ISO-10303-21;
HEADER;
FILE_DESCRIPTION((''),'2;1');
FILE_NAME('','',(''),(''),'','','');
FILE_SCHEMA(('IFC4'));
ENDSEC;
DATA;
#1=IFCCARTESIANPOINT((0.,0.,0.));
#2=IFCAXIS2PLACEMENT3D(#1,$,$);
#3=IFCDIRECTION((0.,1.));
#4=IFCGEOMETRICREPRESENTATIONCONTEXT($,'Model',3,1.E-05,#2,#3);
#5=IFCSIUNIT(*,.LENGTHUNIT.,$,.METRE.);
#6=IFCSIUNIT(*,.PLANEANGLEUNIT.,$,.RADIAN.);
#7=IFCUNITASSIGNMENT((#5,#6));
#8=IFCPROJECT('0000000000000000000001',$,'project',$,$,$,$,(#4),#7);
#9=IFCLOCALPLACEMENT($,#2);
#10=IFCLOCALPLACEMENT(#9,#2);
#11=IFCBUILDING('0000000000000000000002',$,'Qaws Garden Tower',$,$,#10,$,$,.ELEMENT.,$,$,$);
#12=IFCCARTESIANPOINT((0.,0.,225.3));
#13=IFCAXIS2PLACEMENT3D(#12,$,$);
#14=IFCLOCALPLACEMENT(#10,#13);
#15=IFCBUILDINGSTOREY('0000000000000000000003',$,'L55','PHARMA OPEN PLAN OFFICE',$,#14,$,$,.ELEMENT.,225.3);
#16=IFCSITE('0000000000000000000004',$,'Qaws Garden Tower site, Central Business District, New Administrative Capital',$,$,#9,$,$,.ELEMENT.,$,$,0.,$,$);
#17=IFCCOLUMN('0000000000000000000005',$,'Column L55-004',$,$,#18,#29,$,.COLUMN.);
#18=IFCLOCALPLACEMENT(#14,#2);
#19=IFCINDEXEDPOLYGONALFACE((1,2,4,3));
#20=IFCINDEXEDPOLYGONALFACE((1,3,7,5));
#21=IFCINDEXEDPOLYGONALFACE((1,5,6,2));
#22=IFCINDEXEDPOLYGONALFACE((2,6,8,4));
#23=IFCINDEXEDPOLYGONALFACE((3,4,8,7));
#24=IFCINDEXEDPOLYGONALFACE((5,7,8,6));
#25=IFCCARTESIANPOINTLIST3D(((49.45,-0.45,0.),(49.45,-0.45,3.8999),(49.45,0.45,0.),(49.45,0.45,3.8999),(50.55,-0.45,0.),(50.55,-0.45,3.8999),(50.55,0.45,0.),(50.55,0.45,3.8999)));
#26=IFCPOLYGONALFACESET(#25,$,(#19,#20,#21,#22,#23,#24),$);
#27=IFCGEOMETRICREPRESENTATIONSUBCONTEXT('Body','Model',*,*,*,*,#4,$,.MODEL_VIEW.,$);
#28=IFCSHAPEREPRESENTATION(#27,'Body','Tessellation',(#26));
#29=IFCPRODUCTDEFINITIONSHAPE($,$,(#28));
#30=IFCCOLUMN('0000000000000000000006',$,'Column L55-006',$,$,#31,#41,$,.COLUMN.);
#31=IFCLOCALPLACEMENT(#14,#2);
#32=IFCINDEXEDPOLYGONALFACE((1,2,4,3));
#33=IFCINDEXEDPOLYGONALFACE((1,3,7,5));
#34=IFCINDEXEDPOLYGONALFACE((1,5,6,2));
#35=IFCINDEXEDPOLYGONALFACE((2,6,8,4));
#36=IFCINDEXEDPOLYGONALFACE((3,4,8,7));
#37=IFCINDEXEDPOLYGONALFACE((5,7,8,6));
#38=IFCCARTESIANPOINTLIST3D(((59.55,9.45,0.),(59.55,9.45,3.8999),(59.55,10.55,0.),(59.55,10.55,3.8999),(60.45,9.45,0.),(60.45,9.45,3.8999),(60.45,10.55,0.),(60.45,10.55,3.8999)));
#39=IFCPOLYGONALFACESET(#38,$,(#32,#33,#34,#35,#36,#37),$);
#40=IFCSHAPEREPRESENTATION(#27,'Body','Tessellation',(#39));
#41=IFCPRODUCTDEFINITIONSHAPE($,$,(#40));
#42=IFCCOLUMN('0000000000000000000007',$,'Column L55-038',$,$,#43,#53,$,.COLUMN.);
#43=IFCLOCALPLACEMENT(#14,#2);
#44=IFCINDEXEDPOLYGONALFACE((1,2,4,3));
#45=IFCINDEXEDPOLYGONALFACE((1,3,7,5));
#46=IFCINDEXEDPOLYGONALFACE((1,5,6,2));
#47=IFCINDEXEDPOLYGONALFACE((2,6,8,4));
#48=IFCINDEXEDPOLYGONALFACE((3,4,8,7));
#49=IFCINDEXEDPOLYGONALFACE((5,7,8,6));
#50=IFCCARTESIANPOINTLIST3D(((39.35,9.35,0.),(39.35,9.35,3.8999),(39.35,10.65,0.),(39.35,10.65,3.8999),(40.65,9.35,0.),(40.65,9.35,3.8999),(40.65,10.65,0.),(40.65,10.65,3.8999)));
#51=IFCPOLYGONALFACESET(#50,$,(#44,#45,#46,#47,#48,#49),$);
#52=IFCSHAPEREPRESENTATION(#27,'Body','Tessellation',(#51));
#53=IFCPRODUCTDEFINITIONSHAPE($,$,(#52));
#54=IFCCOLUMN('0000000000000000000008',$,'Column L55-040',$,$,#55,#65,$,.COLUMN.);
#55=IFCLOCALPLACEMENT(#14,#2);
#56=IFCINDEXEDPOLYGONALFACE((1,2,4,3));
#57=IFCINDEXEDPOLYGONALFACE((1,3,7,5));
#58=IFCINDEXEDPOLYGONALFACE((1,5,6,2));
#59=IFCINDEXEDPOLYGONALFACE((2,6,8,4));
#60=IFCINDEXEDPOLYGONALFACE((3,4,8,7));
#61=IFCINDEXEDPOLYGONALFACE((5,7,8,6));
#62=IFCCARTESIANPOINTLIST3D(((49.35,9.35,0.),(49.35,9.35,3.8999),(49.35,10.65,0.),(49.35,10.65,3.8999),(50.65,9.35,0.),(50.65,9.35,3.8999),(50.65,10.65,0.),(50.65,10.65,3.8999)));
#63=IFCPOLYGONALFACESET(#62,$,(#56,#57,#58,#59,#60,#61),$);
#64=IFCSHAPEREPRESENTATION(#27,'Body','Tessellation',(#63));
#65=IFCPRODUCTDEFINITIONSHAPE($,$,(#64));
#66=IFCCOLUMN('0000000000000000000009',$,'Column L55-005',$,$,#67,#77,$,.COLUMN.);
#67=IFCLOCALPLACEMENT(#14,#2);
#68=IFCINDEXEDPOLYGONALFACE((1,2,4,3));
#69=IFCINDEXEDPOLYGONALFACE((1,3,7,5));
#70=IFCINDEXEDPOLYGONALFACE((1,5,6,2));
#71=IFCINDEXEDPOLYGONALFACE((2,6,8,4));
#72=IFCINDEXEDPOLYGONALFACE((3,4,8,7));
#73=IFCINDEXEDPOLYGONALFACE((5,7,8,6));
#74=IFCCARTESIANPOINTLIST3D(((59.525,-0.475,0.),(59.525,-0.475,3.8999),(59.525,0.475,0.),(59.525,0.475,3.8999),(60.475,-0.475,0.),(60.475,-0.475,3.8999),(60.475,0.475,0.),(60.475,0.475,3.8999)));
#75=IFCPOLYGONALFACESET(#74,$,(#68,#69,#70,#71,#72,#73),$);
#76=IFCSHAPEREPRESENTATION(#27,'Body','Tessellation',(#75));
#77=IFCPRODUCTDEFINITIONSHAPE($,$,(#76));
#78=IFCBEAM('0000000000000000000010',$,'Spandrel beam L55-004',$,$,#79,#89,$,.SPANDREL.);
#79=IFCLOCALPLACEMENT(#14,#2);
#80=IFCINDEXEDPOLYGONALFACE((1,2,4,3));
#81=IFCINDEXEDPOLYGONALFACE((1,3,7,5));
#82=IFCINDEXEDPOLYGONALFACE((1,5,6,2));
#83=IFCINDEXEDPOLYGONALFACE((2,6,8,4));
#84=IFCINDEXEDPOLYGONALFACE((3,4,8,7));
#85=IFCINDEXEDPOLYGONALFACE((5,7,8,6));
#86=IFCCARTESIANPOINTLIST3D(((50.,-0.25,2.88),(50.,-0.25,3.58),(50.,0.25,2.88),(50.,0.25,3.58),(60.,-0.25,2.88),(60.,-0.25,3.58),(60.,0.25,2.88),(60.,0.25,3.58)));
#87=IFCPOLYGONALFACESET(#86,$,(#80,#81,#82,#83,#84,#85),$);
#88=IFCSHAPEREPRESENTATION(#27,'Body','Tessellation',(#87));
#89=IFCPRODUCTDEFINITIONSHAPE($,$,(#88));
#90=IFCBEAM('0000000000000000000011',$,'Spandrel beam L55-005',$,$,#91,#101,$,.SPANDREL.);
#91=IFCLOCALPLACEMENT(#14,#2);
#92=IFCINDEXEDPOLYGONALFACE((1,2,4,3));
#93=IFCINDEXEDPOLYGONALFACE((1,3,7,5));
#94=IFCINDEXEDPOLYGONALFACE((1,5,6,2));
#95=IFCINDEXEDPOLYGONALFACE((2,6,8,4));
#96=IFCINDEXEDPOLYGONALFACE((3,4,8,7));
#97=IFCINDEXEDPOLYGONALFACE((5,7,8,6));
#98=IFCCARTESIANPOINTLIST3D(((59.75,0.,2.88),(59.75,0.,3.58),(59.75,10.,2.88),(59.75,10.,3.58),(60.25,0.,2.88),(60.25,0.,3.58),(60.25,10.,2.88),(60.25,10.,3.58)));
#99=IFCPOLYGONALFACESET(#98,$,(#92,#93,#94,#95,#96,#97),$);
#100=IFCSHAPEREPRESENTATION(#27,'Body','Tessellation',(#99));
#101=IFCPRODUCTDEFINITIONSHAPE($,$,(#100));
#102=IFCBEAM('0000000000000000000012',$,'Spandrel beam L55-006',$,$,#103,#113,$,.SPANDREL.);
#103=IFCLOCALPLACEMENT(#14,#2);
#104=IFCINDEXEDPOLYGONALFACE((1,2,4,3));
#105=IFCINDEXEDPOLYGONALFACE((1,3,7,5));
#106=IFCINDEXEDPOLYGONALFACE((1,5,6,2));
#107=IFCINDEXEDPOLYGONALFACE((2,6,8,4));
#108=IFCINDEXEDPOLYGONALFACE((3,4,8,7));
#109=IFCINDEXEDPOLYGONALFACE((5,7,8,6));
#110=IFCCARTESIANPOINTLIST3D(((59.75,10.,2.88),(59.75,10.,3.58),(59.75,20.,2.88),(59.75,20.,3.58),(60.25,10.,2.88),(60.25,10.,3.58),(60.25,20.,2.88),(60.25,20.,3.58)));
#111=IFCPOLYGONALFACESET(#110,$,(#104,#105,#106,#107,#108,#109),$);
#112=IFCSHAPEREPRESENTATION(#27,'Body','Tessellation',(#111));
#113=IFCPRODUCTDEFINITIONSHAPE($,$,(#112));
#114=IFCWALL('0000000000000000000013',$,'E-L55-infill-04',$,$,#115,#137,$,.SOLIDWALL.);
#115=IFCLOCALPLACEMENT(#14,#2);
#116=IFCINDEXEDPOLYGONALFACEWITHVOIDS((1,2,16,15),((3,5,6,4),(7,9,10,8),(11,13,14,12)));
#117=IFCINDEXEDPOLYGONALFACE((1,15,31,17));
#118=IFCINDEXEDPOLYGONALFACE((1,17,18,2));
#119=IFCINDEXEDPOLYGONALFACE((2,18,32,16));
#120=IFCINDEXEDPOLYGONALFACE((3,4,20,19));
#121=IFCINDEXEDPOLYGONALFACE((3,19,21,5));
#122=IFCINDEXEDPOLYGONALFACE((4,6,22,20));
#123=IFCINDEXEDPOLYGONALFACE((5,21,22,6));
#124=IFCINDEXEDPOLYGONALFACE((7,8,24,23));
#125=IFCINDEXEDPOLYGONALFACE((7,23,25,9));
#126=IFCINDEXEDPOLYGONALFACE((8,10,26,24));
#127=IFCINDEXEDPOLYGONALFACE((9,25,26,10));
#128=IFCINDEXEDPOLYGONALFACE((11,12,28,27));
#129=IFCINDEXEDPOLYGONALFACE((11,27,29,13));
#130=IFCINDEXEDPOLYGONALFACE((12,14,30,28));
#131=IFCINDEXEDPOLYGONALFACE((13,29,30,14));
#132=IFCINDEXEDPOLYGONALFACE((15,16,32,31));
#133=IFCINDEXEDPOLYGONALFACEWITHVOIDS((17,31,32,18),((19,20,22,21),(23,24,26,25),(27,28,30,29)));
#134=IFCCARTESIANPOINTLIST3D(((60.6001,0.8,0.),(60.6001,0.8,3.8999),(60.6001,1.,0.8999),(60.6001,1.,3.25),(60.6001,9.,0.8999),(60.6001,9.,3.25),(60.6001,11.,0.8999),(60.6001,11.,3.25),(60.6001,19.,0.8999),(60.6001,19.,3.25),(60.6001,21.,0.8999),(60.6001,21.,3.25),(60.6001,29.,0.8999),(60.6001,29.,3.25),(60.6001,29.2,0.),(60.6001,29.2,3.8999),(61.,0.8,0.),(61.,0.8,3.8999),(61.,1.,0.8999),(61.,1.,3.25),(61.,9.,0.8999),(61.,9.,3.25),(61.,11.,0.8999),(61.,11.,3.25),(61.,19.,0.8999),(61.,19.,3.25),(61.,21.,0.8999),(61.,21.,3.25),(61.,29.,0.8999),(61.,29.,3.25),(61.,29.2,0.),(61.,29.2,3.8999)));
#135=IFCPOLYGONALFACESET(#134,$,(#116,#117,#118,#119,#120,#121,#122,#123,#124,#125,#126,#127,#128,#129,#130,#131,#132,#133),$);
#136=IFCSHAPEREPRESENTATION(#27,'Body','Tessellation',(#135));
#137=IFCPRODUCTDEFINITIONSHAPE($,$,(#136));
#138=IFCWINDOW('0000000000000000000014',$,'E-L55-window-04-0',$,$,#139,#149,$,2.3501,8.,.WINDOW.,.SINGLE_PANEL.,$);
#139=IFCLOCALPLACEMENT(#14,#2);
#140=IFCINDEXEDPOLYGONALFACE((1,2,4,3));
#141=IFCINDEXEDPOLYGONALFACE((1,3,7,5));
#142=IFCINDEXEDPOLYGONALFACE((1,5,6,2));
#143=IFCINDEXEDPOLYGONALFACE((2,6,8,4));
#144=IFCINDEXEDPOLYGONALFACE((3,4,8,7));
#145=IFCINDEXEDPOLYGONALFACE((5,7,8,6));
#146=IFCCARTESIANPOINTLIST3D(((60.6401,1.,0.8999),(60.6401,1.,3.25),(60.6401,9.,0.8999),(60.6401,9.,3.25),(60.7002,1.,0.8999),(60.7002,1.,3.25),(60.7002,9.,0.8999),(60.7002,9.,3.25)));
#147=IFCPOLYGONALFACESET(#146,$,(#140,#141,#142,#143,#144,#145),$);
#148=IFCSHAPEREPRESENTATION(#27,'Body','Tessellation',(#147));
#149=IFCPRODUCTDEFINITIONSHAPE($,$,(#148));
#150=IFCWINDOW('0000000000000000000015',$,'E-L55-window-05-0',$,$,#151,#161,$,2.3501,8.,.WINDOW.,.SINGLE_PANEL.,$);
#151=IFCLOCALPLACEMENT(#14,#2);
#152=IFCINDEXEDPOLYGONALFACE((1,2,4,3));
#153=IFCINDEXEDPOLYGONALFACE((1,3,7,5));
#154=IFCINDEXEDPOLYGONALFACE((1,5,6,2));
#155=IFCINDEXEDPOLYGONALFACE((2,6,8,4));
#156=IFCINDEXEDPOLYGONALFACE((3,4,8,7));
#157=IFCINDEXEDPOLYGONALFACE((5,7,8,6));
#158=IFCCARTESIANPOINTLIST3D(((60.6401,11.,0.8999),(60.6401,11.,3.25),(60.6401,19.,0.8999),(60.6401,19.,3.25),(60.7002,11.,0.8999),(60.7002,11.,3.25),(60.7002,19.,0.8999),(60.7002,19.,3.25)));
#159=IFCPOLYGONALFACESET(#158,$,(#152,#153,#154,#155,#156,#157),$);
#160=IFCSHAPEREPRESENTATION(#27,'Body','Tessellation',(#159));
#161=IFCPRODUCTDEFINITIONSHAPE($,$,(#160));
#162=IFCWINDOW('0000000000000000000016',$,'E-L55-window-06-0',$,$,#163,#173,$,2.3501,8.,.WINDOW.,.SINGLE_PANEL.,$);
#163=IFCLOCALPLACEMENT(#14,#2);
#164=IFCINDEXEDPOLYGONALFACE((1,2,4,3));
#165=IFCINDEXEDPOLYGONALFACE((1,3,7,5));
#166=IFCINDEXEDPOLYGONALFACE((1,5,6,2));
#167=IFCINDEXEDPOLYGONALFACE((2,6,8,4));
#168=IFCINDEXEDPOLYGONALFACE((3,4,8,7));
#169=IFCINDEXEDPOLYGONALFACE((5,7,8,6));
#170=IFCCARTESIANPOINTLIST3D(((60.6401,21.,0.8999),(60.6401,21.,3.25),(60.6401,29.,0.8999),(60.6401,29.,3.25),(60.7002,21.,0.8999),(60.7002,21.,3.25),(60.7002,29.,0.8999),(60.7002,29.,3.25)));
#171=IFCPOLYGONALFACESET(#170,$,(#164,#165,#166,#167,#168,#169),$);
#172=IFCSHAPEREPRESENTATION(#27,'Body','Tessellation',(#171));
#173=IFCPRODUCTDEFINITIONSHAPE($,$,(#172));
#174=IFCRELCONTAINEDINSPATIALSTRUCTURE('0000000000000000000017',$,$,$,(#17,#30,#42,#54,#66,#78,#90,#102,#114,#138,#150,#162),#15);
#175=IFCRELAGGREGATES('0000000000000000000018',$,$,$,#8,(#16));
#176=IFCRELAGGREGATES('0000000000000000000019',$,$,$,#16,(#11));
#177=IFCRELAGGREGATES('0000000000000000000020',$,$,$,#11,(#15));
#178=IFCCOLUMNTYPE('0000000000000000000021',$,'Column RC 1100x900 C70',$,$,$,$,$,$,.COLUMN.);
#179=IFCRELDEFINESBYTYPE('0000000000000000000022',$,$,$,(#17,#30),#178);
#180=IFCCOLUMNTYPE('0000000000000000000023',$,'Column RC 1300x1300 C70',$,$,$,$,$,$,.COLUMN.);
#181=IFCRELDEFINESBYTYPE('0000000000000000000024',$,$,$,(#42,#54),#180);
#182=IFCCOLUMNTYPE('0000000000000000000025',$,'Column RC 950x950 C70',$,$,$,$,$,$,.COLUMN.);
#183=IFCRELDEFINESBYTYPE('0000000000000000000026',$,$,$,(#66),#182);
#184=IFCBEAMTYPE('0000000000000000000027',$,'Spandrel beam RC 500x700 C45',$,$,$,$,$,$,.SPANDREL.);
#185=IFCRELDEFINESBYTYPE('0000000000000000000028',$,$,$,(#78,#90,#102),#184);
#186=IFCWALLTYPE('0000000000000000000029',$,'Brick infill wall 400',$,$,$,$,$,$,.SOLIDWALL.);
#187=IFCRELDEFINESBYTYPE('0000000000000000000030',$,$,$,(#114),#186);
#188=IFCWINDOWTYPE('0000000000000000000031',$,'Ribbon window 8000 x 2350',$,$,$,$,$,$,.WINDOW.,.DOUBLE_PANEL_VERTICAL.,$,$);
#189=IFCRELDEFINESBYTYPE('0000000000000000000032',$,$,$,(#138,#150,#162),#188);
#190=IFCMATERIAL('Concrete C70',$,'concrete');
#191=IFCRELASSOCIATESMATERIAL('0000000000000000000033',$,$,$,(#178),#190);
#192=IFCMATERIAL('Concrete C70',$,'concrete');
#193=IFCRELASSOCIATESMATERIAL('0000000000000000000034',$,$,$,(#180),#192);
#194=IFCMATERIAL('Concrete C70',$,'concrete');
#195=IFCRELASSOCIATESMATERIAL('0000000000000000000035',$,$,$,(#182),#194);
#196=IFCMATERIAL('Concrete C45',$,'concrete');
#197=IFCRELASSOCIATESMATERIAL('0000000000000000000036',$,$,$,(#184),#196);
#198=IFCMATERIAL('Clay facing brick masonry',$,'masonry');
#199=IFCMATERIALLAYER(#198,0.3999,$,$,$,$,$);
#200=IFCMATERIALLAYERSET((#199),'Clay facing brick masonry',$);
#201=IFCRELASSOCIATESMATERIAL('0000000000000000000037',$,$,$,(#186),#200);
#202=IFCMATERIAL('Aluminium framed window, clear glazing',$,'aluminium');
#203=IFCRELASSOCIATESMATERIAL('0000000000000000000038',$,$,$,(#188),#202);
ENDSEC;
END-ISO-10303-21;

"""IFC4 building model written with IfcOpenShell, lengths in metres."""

from ifc_helpers import new_model, si_unit, direction, frame, frame_2d, origin, origin_2d, place, context, subcontext, project, spatial, rectangle, extrude, material, layer, layer_set, material_profile, profile_set, type_object, element, fill, save


model = new_model("IFC4")

# Units and contexts
model_context = context("Model", 3, precision=1e-05, world=origin(), true_north=direction((0.0, 1.0)))
body_context = subcontext(model_context, "Body", "Model", "MODEL_VIEW")
ifc_project = project(units=[si_unit("LENGTHUNIT", "METRE"), si_unit("PLANEANGLEUNIT", "RADIAN")], contexts=[model_context])

# Site, building, storey
site_placement = place(None, origin())
site = spatial("IfcSite", under=ifc_project, at=site_placement, Name="Qaws Garden Tower site, Central Business District, New Administrative Capital", CompositionType="ELEMENT", RefElevation=0.0)
building_placement = place(site_placement, origin())
building = spatial("IfcBuilding", under=site, at=building_placement, Name="Qaws Garden Tower", CompositionType="ELEMENT")
storey_placement = place(building_placement, frame((0.0, 0.0, 225.3)))
storey = spatial("IfcBuildingStorey", under=building, at=storey_placement, Name="L55", Description="PHARMA OPEN PLAN OFFICE", CompositionType="ELEMENT", Elevation=225.3)

# Columns
ifc_material_1 = material(Name="Concrete C70", Category="concrete")
ifc_material_profile_1 = material_profile(ifc_material_1, rectangle(XDim=1.1001, YDim=0.8999, at=origin_2d()), Name="RC 1100x900")
ifc_profile_set_1 = profile_set([ifc_material_profile_1], Name="Concrete C70")
column_type_1 = type_object("IfcColumnType", Name="Column RC 1100x900 C70", PredefinedType="COLUMN", material=ifc_profile_set_1)
for number, where, z_axis, x_axis, name in (
    (1, (50.0, 0.0, 0.0), (0.0, 0.0, 1.0), (1.0, 0.0, 0.0), "Column L55-004"),
    (2, (60.0, 10.0, 0.0), (0.0, 0.0, 1.0), (0.0, 1.0, 0.0), "Column L55-006"),
):
    element("IfcColumn", number, at=place(storey_placement, frame(where, z_axis=z_axis, x_axis=x_axis)), inside=storey, type_object=column_type_1, Name=name, PredefinedType="COLUMN", context=body_context, shape_type="SweptSolid", body=[
        extrude(rectangle(XDim=1.1001, YDim=0.8999, at=origin_2d()), origin(), (0.0, 0.0, 1.0), 3.8999),
    ])
ifc_material_2 = material(Name="Concrete C70", Category="concrete")
ifc_material_profile_2 = material_profile(ifc_material_2, rectangle(XDim=1.3, YDim=1.3, at=origin_2d()), Name="RC 1300x1300")
ifc_profile_set_2 = profile_set([ifc_material_profile_2], Name="Concrete C70")
column_type_2 = type_object("IfcColumnType", Name="Column RC 1300x1300 C70", PredefinedType="COLUMN", material=ifc_profile_set_2)
for number, where, z_axis, x_axis, name in (
    (3, (40.0, 10.0, 0.0), (0.0, 0.0, 1.0), (1.0, 0.0, 0.0), "Column L55-038"),
    (4, (50.0, 10.0, 0.0), (0.0, 0.0, 1.0), (1.0, 0.0, 0.0), "Column L55-040"),
):
    element("IfcColumn", number, at=place(storey_placement, frame(where, z_axis=z_axis, x_axis=x_axis)), inside=storey, type_object=column_type_2, Name=name, PredefinedType="COLUMN", context=body_context, shape_type="SweptSolid", body=[
        extrude(rectangle(XDim=1.3, YDim=1.3, at=origin_2d()), origin(), (0.0, 0.0, 1.0), 3.8999),
    ])
ifc_material_3 = material(Name="Concrete C70", Category="concrete")
ifc_material_profile_3 = material_profile(ifc_material_3, rectangle(XDim=0.95, YDim=0.95, at=origin_2d()), Name="RC 950x950")
ifc_profile_set_3 = profile_set([ifc_material_profile_3], Name="Concrete C70")
column_type_3 = type_object("IfcColumnType", Name="Column RC 950x950 C70", PredefinedType="COLUMN", material=ifc_profile_set_3)
column_placement = place(storey_placement, frame((60.0, 0.0, 0.0), z_axis=(0.0, 0.0, 1.0), x_axis=(1.0, 0.0, 0.0)))
element("IfcColumn", 5, at=column_placement, inside=storey, type_object=column_type_3, Name="Column L55-005", PredefinedType="COLUMN", context=body_context, shape_type="SweptSolid", body=[
    extrude(rectangle(XDim=0.95, YDim=0.95, at=origin_2d()), origin(), (0.0, 0.0, 1.0), 3.8999),
])

# Beams
ifc_material_4 = material(Name="Concrete C45", Category="concrete")
ifc_material_profile_4 = material_profile(ifc_material_4, rectangle(XDim=0.5, YDim=0.7, at=origin_2d()), Name="RC 500x700")
ifc_profile_set_4 = profile_set([ifc_material_profile_4], Name="Concrete C45")
beam_type = type_object("IfcBeamType", Name="Spandrel beam RC 500x700 C45", PredefinedType="SPANDREL", material=ifc_profile_set_4)
for number, where, z_axis, x_axis, name in (
    (6, (50.0, 0.0, 3.23), (1.0, 0.0, 0.0), (0.0, 1.0, 0.0), "Spandrel beam L55-004"),
    (7, (60.0, 0.0, 3.23), (0.0, 1.0, 0.0), (-1.0, 0.0, 0.0), "Spandrel beam L55-005"),
    (8, (60.0, 10.0, 3.23), (0.0, 1.0, 0.0), (-1.0, 0.0, 0.0), "Spandrel beam L55-006"),
):
    element("IfcBeam", number, at=place(storey_placement, frame(where, z_axis=z_axis, x_axis=x_axis)), inside=storey, type_object=beam_type, Name=name, PredefinedType="SPANDREL", context=body_context, shape_type="SweptSolid", body=[
        extrude(rectangle(XDim=0.5, YDim=0.7, at=origin_2d()), origin(), (0.0, 0.0, 1.0), 10.0),
    ])

# Wall, openings, windows
ifc_material_5 = material(Name="Clay facing brick masonry", Category="masonry")
ifc_layer_1 = layer(ifc_material_5, 0.3999)
ifc_layer_set_1 = layer_set([ifc_layer_1], Name="Clay facing brick masonry")
wall_type_1 = type_object("IfcWallType", Name="Brick infill wall 400", PredefinedType="SOLIDWALL", material=ifc_layer_set_1)
wall_1_placement = place(storey_placement, frame((60.8, 0.8, 0.0), z_axis=(0.0, 0.0, 1.0), x_axis=(0.0, 1.0, 0.0)))
wall_1 = element("IfcWall", 9, at=wall_1_placement, inside=storey, type_object=wall_type_1, Name="E-L55-infill-04", PredefinedType="SOLIDWALL", context=body_context, shape_type="SweptSolid", body=[
    extrude(rectangle(XDim=28.3999, YDim=0.3999, at=frame_2d((14.2, 0.0))), origin(), (0.0, 0.0, 1.0), 3.8999),
])
opening_1_placement = place(wall_1_placement, frame((0.2, 0.0, 0.8999)))
opening_1 = element("IfcOpeningElement", 10, at=opening_1_placement, cuts=wall_1, PredefinedType="OPENING", context=body_context, shape_type="SweptSolid", body=[
    extrude(rectangle(XDim=8.0, YDim=2.3501, at=frame_2d((4.0, 1.175))), frame((0.0, 0.21, 0.0), z_axis=(0.0, -1.0, 0.0), x_axis=(1.0, 0.0, 0.0)), (0.0, 0.0, 1.0), 0.4199),
])
opening_2_placement = place(wall_1_placement, frame((10.2, 0.0, 0.8999)))
opening_2 = element("IfcOpeningElement", 11, at=opening_2_placement, cuts=wall_1, PredefinedType="OPENING", context=body_context, shape_type="SweptSolid", body=[
    extrude(rectangle(XDim=8.0, YDim=2.3501, at=frame_2d((4.0, 1.175))), frame((0.0, 0.21, 0.0), z_axis=(0.0, -1.0, 0.0), x_axis=(1.0, 0.0, 0.0)), (0.0, 0.0, 1.0), 0.4199),
])
opening_3_placement = place(wall_1_placement, frame((20.2, 0.0, 0.8999)))
opening_3 = element("IfcOpeningElement", 12, at=opening_3_placement, cuts=wall_1, PredefinedType="OPENING", context=body_context, shape_type="SweptSolid", body=[
    extrude(rectangle(XDim=8.0, YDim=2.3501, at=frame_2d((4.0, 1.175))), frame((0.0, 0.21, 0.0), z_axis=(0.0, -1.0, 0.0), x_axis=(1.0, 0.0, 0.0)), (0.0, 0.0, 1.0), 0.4199),
])
ifc_material_6 = material(Name="Aluminium framed window, clear glazing", Category="aluminium")
window_type = type_object("IfcWindowType", Name="Ribbon window 8000 x 2350", PartitioningType="DOUBLE_PANEL_VERTICAL", PredefinedType="WINDOW", material=ifc_material_6)
window_1_placement = place(opening_1_placement, origin())
window_1 = element("IfcWindow", 13, at=window_1_placement, inside=storey, type_object=window_type, Name="E-L55-window-04-0", OverallHeight=2.3501, OverallWidth=8.0, PartitioningType="SINGLE_PANEL", PredefinedType="WINDOW", context=body_context, shape_type="SweptSolid", body=[
    extrude(rectangle(XDim=8.0, YDim=2.3501, at=frame_2d((4.0, 1.175))), frame((0.0, 0.1599, 0.0), z_axis=(0.0, -1.0, 0.0), x_axis=(1.0, 0.0, 0.0)), (0.0, 0.0, 1.0), 0.0601),
])
fill(opening_1, window_1)
window_2_placement = place(opening_2_placement, origin())
window_2 = element("IfcWindow", 14, at=window_2_placement, inside=storey, type_object=window_type, Name="E-L55-window-05-0", OverallHeight=2.3501, OverallWidth=8.0, PartitioningType="SINGLE_PANEL", PredefinedType="WINDOW", context=body_context, shape_type="SweptSolid", body=[
    extrude(rectangle(XDim=8.0, YDim=2.3501, at=frame_2d((4.0, 1.175))), frame((0.0, 0.1599, 0.0), z_axis=(0.0, -1.0, 0.0), x_axis=(1.0, 0.0, 0.0)), (0.0, 0.0, 1.0), 0.0601),
])
fill(opening_2, window_2)
window_3_placement = place(opening_3_placement, origin())
window_3 = element("IfcWindow", 15, at=window_3_placement, inside=storey, type_object=window_type, Name="E-L55-window-06-0", OverallHeight=2.3501, OverallWidth=8.0, PartitioningType="SINGLE_PANEL", PredefinedType="WINDOW", context=body_context, shape_type="SweptSolid", body=[
    extrude(rectangle(XDim=8.0, YDim=2.3501, at=frame_2d((4.0, 1.175))), frame((0.0, 0.1599, 0.0), z_axis=(0.0, -1.0, 0.0), x_axis=(1.0, 0.0, 0.0)), (0.0, 0.0, 1.0), 0.0601),
])
fill(opening_3, window_3)

save(model, "model.ifc")
